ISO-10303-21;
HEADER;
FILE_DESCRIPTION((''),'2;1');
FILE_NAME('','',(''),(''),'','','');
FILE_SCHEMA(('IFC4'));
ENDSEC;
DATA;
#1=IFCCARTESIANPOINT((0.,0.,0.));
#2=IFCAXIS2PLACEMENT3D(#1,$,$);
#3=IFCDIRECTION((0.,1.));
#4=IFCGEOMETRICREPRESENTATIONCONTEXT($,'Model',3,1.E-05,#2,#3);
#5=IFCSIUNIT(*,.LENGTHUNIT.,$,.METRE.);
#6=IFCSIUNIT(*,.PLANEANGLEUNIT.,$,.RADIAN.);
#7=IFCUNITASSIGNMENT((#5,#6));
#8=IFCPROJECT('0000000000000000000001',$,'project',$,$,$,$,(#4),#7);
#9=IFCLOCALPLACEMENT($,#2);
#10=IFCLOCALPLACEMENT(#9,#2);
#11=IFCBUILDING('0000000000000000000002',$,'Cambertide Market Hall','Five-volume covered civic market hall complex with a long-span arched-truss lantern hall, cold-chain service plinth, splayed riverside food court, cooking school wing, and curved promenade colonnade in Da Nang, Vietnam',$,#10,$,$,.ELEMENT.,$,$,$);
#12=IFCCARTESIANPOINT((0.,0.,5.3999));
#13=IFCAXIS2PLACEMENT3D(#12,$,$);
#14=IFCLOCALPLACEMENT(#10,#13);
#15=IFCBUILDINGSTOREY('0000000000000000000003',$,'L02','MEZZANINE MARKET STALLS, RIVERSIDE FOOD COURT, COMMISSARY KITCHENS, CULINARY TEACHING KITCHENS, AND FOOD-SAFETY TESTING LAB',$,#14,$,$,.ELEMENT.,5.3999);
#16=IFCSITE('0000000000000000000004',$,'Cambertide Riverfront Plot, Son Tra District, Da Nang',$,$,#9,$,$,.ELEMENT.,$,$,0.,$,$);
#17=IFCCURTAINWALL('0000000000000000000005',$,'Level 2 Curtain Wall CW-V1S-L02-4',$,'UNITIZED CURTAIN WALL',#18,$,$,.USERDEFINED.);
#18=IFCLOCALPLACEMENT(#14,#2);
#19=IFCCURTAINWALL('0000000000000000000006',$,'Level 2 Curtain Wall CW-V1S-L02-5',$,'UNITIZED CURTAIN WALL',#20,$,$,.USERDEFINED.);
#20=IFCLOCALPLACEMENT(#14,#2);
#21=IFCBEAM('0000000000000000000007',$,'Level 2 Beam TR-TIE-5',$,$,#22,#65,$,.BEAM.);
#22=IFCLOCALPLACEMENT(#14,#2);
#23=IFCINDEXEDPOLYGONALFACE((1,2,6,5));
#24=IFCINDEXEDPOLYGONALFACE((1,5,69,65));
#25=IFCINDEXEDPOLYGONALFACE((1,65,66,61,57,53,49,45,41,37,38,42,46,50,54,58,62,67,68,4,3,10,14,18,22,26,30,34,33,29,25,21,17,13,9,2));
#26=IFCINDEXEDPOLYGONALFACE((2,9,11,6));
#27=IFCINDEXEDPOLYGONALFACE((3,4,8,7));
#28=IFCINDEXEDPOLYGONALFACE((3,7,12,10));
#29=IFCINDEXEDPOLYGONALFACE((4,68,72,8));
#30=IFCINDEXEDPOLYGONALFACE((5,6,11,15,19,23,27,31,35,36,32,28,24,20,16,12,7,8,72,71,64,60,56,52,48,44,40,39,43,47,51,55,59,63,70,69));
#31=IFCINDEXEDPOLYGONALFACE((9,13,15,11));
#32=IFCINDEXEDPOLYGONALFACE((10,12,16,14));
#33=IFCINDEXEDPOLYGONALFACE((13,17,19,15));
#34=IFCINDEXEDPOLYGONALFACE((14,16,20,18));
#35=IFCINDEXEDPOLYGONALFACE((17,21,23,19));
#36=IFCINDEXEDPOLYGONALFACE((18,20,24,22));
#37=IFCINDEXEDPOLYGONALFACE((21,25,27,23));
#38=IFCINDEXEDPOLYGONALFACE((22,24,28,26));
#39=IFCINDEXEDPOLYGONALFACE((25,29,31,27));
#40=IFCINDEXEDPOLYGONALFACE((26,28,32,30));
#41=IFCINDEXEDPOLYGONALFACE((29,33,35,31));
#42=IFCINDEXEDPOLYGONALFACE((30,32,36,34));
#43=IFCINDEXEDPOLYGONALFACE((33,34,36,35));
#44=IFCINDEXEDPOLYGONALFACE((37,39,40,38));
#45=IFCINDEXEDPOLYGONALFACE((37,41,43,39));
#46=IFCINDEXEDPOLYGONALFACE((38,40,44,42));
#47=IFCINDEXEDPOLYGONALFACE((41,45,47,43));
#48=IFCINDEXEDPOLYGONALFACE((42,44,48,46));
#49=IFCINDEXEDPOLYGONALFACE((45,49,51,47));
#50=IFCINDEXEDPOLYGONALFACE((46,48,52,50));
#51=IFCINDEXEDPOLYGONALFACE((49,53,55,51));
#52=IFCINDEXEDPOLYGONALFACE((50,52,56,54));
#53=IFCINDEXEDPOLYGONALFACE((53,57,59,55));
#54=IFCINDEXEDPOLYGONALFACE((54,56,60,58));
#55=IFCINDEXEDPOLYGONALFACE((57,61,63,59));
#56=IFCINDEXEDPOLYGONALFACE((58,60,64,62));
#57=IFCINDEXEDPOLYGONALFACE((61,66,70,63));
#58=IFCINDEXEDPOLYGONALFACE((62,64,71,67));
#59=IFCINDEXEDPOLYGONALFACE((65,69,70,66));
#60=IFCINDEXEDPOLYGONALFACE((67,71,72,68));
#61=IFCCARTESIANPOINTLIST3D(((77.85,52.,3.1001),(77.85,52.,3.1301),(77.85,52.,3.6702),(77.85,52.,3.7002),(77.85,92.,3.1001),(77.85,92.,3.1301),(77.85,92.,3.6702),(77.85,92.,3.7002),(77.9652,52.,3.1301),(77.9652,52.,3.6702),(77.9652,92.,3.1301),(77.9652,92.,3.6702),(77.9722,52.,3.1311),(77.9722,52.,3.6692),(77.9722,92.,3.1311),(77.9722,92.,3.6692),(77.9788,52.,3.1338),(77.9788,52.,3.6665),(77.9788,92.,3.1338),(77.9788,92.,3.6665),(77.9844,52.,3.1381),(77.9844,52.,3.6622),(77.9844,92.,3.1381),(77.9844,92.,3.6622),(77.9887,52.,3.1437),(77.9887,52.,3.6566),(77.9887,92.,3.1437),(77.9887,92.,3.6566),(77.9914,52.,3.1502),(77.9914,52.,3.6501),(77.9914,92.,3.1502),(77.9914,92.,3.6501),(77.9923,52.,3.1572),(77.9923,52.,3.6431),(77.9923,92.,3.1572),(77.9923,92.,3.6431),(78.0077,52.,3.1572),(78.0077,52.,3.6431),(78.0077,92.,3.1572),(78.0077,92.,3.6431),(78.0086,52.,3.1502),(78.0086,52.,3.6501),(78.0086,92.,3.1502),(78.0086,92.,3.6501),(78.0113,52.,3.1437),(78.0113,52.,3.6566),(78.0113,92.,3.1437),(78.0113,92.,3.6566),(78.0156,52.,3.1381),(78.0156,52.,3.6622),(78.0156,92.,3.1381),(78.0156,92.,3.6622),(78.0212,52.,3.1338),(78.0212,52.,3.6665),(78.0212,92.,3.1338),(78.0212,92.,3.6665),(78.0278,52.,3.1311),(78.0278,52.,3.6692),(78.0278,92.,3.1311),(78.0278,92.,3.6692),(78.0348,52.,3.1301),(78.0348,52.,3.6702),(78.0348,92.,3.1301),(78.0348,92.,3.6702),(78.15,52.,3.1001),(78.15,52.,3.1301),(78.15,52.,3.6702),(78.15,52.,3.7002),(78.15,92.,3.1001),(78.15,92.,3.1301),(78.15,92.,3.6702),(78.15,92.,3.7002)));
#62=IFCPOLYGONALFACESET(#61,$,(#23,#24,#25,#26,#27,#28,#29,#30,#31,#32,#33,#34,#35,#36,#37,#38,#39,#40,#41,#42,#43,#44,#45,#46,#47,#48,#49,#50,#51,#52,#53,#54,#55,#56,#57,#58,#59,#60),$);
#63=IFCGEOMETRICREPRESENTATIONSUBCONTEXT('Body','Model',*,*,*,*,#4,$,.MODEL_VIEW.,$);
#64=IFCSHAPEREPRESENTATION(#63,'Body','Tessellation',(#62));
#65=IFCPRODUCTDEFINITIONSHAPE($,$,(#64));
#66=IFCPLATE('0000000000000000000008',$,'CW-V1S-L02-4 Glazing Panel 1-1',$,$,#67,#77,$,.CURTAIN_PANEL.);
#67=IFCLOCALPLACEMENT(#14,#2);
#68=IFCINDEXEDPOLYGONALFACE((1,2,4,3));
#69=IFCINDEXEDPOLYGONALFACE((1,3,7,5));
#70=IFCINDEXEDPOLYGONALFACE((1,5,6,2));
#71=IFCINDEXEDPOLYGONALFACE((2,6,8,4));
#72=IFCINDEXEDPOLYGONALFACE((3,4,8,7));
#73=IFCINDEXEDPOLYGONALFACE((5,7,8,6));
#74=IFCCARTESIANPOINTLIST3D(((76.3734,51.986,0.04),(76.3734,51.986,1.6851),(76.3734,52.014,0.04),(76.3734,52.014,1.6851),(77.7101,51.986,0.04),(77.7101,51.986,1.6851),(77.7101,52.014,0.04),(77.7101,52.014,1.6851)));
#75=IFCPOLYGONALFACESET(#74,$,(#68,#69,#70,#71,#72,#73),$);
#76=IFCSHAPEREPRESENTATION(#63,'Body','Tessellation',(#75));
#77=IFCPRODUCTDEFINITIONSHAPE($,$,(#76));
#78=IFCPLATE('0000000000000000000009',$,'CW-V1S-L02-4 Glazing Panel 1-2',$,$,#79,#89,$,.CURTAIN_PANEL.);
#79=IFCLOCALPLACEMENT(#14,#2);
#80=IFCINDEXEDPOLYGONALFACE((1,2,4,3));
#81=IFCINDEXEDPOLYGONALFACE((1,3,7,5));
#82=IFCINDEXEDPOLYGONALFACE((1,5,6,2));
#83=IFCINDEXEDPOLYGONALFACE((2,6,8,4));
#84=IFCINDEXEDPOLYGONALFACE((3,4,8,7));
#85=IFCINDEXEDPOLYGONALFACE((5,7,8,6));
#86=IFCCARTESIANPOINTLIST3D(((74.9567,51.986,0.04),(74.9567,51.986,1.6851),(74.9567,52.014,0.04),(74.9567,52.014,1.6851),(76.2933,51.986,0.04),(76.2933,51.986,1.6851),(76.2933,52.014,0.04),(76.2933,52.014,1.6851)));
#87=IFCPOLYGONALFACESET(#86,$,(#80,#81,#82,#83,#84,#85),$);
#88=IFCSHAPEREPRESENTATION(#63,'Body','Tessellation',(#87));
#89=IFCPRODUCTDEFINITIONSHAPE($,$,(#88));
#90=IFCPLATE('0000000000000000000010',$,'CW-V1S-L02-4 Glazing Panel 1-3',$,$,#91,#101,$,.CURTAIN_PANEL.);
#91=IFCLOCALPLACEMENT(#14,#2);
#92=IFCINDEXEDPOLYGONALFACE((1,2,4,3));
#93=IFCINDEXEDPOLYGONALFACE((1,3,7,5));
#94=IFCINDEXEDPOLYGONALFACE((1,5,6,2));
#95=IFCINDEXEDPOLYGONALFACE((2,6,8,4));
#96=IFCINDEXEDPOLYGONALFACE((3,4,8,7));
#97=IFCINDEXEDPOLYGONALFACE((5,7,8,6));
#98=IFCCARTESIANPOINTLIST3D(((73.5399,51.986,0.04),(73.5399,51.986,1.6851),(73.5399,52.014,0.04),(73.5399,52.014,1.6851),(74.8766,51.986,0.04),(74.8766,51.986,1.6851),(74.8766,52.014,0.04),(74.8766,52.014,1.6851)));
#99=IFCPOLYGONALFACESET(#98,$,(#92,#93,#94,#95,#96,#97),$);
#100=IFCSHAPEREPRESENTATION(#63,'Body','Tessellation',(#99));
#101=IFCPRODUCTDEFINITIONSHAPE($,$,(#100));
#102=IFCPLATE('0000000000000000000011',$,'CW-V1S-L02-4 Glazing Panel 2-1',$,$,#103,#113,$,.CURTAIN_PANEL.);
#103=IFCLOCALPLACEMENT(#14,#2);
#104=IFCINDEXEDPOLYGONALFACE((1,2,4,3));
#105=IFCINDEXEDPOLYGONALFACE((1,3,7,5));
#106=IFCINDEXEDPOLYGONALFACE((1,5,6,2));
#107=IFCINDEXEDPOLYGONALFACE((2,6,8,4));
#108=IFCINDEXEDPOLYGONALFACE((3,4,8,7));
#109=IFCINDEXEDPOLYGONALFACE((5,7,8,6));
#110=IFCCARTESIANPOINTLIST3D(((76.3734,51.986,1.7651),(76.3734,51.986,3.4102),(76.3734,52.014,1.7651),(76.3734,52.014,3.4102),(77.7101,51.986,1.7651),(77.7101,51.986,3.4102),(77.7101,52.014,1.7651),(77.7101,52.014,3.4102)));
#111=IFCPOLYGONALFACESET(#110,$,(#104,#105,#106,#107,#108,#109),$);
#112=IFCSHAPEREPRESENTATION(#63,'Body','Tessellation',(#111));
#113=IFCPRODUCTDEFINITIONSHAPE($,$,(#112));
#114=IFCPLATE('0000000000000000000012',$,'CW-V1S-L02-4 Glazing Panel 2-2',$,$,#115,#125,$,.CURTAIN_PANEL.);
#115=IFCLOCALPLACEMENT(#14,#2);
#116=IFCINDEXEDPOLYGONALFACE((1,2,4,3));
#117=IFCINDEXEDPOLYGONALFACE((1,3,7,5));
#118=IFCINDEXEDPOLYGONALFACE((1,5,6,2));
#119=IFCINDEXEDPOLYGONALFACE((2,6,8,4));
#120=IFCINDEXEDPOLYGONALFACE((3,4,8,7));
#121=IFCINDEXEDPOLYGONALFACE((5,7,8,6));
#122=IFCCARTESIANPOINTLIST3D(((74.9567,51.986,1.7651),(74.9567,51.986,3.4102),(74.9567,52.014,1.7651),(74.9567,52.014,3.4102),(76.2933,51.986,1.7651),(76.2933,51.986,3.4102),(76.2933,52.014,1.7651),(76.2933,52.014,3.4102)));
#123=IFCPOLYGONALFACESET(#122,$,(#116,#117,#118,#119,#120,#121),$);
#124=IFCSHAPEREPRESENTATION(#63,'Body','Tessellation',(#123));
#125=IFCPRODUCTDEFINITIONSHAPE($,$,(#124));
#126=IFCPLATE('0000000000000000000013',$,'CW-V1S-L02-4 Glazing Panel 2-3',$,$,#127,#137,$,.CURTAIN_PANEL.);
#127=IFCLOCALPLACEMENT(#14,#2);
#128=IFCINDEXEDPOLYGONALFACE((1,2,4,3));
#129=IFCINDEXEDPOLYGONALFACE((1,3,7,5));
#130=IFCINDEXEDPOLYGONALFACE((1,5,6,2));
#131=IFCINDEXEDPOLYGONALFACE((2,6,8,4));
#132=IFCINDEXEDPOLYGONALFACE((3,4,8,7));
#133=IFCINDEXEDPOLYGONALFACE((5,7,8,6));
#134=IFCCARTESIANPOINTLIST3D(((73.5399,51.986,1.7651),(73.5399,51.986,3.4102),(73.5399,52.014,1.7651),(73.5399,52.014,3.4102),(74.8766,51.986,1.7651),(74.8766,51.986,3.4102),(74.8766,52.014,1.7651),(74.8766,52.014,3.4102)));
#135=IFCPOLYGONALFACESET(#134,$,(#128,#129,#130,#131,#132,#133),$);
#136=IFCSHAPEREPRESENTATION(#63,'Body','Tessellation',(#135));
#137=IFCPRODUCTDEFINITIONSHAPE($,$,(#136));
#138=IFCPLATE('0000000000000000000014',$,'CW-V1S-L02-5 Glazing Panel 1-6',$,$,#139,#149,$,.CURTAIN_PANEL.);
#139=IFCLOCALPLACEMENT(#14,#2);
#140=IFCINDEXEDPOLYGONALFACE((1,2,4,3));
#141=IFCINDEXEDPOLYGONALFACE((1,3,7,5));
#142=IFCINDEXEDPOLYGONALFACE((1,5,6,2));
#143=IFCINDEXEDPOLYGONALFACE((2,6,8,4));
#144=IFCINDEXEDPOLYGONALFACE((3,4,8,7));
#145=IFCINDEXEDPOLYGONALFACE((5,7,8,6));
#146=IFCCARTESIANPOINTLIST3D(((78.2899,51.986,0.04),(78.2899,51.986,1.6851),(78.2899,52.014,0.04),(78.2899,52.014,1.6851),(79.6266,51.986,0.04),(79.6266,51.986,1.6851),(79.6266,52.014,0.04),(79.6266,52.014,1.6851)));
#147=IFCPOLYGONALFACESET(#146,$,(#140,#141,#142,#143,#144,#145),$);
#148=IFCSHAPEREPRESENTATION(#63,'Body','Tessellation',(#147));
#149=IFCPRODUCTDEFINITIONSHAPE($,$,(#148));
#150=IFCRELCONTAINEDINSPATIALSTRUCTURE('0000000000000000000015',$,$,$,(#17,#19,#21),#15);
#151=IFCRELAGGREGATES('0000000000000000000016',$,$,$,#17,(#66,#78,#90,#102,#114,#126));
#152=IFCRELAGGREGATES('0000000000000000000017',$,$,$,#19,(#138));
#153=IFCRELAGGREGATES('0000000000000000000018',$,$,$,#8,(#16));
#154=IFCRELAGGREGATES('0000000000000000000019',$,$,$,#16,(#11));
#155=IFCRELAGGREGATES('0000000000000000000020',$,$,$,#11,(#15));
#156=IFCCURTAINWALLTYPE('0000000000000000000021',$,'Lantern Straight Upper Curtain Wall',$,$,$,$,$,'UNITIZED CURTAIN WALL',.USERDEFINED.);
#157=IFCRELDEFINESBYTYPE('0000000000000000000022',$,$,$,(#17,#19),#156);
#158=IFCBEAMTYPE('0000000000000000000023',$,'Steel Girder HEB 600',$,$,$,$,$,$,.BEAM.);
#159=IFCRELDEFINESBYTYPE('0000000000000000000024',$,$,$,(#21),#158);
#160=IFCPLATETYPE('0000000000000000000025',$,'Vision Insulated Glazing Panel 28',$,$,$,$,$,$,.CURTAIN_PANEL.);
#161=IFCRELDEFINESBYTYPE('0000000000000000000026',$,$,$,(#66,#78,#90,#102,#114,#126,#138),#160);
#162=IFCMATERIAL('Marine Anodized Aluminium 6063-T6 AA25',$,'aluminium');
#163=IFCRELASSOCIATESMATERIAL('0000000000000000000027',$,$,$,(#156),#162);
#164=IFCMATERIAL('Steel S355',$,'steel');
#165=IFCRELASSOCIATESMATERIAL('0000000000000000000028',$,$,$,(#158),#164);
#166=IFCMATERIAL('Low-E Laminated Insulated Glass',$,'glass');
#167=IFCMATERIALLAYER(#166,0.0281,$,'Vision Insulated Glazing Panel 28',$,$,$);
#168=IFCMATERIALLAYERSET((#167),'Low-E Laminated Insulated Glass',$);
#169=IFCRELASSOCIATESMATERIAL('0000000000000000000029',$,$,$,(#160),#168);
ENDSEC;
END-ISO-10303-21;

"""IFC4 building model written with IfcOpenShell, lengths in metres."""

from ifc_helpers import new_model, si_unit, direction, frame, origin, origin_2d, place, context, subcontext, project, spatial, rectangle, i_section, extrude, material, layer, layer_set, material_profile, profile_set, type_object, element, aggregate, save


model = new_model("IFC4")

# Units and contexts
model_context = context("Model", 3, precision=1e-05, world=origin(), true_north=direction((0.0, 1.0)))
body_context = subcontext(model_context, "Body", "Model", "MODEL_VIEW")
ifc_project = project(units=[si_unit("LENGTHUNIT", "METRE"), si_unit("PLANEANGLEUNIT", "RADIAN")], contexts=[model_context])

# Site, building, storey
site_placement = place(None, origin())
site = spatial("IfcSite", under=ifc_project, at=site_placement, Name="Cambertide Riverfront Plot, Son Tra District, Da Nang", CompositionType="ELEMENT", RefElevation=0.0)
building_placement = place(site_placement, origin())
building = spatial("IfcBuilding", under=site, at=building_placement, Name="Cambertide Market Hall", Description="Five-volume covered civic market hall complex with a long-span arched-truss lantern hall, cold-chain service plinth, splayed riverside food court, cooking school wing, and curved promenade colonnade in Da Nang, Vietnam", CompositionType="ELEMENT")
storey_placement = place(building_placement, frame((0.0, 0.0, 5.3999)))
storey = spatial("IfcBuildingStorey", under=building, at=storey_placement, Name="L02", Description="MEZZANINE MARKET STALLS, RIVERSIDE FOOD COURT, COMMISSARY KITCHENS, CULINARY TEACHING KITCHENS, AND FOOD-SAFETY TESTING LAB", CompositionType="ELEMENT", Elevation=5.3999)

# Curtain wall
ifc_material_1 = material(Name="Marine Anodized Aluminium 6063-T6 AA25", Category="aluminium")
curtain_wall_type = type_object("IfcCurtainWallType", Name="Lantern Straight Upper Curtain Wall", ElementType="UNITIZED CURTAIN WALL", PredefinedType="USERDEFINED", material=ifc_material_1)
curtain_wall_1_placement = place(storey_placement, origin())
curtain_wall_1 = element("IfcCurtainWall", 1, at=curtain_wall_1_placement, inside=storey, type_object=curtain_wall_type, Name="Level 2 Curtain Wall CW-V1S-L02-4", ObjectType="UNITIZED CURTAIN WALL", PredefinedType="USERDEFINED")

# Curtain wall
curtain_wall_2_placement = place(storey_placement, origin())
curtain_wall_2 = element("IfcCurtainWall", 2, at=curtain_wall_2_placement, inside=storey, type_object=curtain_wall_type, Name="Level 2 Curtain Wall CW-V1S-L02-5", ObjectType="UNITIZED CURTAIN WALL", PredefinedType="USERDEFINED")

# Beam
ifc_material_2 = material(Name="Steel S355", Category="steel")
ifc_material_profile_1 = material_profile(ifc_material_2, i_section(OverallWidth=0.3, OverallDepth=0.6001, WebThickness=0.0154, FlangeThickness=0.03, FilletRadius=0.0271, at=origin_2d()), Name="HEB 600")
ifc_profile_set_1 = profile_set([ifc_material_profile_1], Name="Steel S355")
beam_type_1 = type_object("IfcBeamType", Name="Steel Girder HEB 600", PredefinedType="BEAM", material=ifc_profile_set_1)
beam_1_placement = place(storey_placement, frame((78.0, 52.0, 3.4001), z_axis=(0.0, 1.0, 0.0), x_axis=(-1.0, 0.0, 0.0)))
element("IfcBeam", 3, at=beam_1_placement, inside=storey, type_object=beam_type_1, Name="Level 2 Beam TR-TIE-5", PredefinedType="BEAM", context=body_context, shape_type="SweptSolid", body=[
    extrude(i_section(OverallWidth=0.3, OverallDepth=0.6001, WebThickness=0.0154, FlangeThickness=0.03, FilletRadius=0.0271, at=origin_2d()), origin(), (0.0, 0.0, 1.0), 40.0),
])

# Plates
ifc_material_3 = material(Name="Low-E Laminated Insulated Glass", Category="glass")
ifc_layer = layer(ifc_material_3, 0.0281, Name="Vision Insulated Glazing Panel 28")
ifc_layer_set = layer_set([ifc_layer], Name="Low-E Laminated Insulated Glass")
plate_type = type_object("IfcPlateType", Name="Vision Insulated Glazing Panel 28", PredefinedType="CURTAIN_PANEL", material=ifc_layer_set)
plate_1_placement = place(storey_placement, frame((77.0417, 52.0, 0.04), z_axis=(0.0, 0.0, 1.0), x_axis=(-1.0, 0.0, 0.0)))
plate_1 = element("IfcPlate", 4, at=plate_1_placement, type_object=plate_type, Name="CW-V1S-L02-4 Glazing Panel 1-1", PredefinedType="CURTAIN_PANEL", context=body_context, shape_type="SweptSolid", body=[
    extrude(rectangle(XDim=1.3367, YDim=0.0281, at=origin_2d()), origin(), (0.0, 0.0, 1.0), 1.645),
])
plate_2_placement = place(storey_placement, frame((75.625, 52.0, 0.04), z_axis=(0.0, 0.0, 1.0), x_axis=(-1.0, 0.0, 0.0)))
plate_2 = element("IfcPlate", 5, at=plate_2_placement, type_object=plate_type, Name="CW-V1S-L02-4 Glazing Panel 1-2", PredefinedType="CURTAIN_PANEL", context=body_context, shape_type="SweptSolid", body=[
    extrude(rectangle(XDim=1.3367, YDim=0.0281, at=origin_2d()), origin(), (0.0, 0.0, 1.0), 1.645),
])
plate_3_placement = place(storey_placement, frame((74.2083, 52.0, 0.04), z_axis=(0.0, 0.0, 1.0), x_axis=(-1.0, 0.0, 0.0)))
plate_3 = element("IfcPlate", 6, at=plate_3_placement, type_object=plate_type, Name="CW-V1S-L02-4 Glazing Panel 1-3", PredefinedType="CURTAIN_PANEL", context=body_context, shape_type="SweptSolid", body=[
    extrude(rectangle(XDim=1.3367, YDim=0.0281, at=origin_2d()), origin(), (0.0, 0.0, 1.0), 1.645),
])
plate_4_placement = place(storey_placement, frame((77.0417, 52.0, 1.7651), z_axis=(0.0, 0.0, 1.0), x_axis=(-1.0, 0.0, 0.0)))
plate_4 = element("IfcPlate", 7, at=plate_4_placement, type_object=plate_type, Name="CW-V1S-L02-4 Glazing Panel 2-1", PredefinedType="CURTAIN_PANEL", context=body_context, shape_type="SweptSolid", body=[
    extrude(rectangle(XDim=1.3367, YDim=0.0281, at=origin_2d()), origin(), (0.0, 0.0, 1.0), 1.645),
])
plate_5_placement = place(storey_placement, frame((75.625, 52.0, 1.7651), z_axis=(0.0, 0.0, 1.0), x_axis=(-1.0, 0.0, 0.0)))
plate_5 = element("IfcPlate", 8, at=plate_5_placement, type_object=plate_type, Name="CW-V1S-L02-4 Glazing Panel 2-2", PredefinedType="CURTAIN_PANEL", context=body_context, shape_type="SweptSolid", body=[
    extrude(rectangle(XDim=1.3367, YDim=0.0281, at=origin_2d()), origin(), (0.0, 0.0, 1.0), 1.645),
])
plate_6_placement = place(storey_placement, frame((74.2083, 52.0, 1.7651), z_axis=(0.0, 0.0, 1.0), x_axis=(-1.0, 0.0, 0.0)))
plate_6 = element("IfcPlate", 9, at=plate_6_placement, type_object=plate_type, Name="CW-V1S-L02-4 Glazing Panel 2-3", PredefinedType="CURTAIN_PANEL", context=body_context, shape_type="SweptSolid", body=[
    extrude(rectangle(XDim=1.3367, YDim=0.0281, at=origin_2d()), origin(), (0.0, 0.0, 1.0), 1.645),
])
aggregate(curtain_wall_1, [plate_1, plate_2, plate_3, plate_4, plate_5, plate_6])
plate_7_placement = place(storey_placement, frame((78.9583, 52.0, 0.04), z_axis=(0.0, 0.0, 1.0), x_axis=(-1.0, 0.0, 0.0)))
plate_7 = element("IfcPlate", 10, at=plate_7_placement, type_object=plate_type, Name="CW-V1S-L02-5 Glazing Panel 1-6", PredefinedType="CURTAIN_PANEL", context=body_context, shape_type="SweptSolid", body=[
    extrude(rectangle(XDim=1.3367, YDim=0.0281, at=origin_2d()), origin(), (0.0, 0.0, 1.0), 1.645),
])
aggregate(curtain_wall_2, [plate_7])

save(model, "model.ifc")
